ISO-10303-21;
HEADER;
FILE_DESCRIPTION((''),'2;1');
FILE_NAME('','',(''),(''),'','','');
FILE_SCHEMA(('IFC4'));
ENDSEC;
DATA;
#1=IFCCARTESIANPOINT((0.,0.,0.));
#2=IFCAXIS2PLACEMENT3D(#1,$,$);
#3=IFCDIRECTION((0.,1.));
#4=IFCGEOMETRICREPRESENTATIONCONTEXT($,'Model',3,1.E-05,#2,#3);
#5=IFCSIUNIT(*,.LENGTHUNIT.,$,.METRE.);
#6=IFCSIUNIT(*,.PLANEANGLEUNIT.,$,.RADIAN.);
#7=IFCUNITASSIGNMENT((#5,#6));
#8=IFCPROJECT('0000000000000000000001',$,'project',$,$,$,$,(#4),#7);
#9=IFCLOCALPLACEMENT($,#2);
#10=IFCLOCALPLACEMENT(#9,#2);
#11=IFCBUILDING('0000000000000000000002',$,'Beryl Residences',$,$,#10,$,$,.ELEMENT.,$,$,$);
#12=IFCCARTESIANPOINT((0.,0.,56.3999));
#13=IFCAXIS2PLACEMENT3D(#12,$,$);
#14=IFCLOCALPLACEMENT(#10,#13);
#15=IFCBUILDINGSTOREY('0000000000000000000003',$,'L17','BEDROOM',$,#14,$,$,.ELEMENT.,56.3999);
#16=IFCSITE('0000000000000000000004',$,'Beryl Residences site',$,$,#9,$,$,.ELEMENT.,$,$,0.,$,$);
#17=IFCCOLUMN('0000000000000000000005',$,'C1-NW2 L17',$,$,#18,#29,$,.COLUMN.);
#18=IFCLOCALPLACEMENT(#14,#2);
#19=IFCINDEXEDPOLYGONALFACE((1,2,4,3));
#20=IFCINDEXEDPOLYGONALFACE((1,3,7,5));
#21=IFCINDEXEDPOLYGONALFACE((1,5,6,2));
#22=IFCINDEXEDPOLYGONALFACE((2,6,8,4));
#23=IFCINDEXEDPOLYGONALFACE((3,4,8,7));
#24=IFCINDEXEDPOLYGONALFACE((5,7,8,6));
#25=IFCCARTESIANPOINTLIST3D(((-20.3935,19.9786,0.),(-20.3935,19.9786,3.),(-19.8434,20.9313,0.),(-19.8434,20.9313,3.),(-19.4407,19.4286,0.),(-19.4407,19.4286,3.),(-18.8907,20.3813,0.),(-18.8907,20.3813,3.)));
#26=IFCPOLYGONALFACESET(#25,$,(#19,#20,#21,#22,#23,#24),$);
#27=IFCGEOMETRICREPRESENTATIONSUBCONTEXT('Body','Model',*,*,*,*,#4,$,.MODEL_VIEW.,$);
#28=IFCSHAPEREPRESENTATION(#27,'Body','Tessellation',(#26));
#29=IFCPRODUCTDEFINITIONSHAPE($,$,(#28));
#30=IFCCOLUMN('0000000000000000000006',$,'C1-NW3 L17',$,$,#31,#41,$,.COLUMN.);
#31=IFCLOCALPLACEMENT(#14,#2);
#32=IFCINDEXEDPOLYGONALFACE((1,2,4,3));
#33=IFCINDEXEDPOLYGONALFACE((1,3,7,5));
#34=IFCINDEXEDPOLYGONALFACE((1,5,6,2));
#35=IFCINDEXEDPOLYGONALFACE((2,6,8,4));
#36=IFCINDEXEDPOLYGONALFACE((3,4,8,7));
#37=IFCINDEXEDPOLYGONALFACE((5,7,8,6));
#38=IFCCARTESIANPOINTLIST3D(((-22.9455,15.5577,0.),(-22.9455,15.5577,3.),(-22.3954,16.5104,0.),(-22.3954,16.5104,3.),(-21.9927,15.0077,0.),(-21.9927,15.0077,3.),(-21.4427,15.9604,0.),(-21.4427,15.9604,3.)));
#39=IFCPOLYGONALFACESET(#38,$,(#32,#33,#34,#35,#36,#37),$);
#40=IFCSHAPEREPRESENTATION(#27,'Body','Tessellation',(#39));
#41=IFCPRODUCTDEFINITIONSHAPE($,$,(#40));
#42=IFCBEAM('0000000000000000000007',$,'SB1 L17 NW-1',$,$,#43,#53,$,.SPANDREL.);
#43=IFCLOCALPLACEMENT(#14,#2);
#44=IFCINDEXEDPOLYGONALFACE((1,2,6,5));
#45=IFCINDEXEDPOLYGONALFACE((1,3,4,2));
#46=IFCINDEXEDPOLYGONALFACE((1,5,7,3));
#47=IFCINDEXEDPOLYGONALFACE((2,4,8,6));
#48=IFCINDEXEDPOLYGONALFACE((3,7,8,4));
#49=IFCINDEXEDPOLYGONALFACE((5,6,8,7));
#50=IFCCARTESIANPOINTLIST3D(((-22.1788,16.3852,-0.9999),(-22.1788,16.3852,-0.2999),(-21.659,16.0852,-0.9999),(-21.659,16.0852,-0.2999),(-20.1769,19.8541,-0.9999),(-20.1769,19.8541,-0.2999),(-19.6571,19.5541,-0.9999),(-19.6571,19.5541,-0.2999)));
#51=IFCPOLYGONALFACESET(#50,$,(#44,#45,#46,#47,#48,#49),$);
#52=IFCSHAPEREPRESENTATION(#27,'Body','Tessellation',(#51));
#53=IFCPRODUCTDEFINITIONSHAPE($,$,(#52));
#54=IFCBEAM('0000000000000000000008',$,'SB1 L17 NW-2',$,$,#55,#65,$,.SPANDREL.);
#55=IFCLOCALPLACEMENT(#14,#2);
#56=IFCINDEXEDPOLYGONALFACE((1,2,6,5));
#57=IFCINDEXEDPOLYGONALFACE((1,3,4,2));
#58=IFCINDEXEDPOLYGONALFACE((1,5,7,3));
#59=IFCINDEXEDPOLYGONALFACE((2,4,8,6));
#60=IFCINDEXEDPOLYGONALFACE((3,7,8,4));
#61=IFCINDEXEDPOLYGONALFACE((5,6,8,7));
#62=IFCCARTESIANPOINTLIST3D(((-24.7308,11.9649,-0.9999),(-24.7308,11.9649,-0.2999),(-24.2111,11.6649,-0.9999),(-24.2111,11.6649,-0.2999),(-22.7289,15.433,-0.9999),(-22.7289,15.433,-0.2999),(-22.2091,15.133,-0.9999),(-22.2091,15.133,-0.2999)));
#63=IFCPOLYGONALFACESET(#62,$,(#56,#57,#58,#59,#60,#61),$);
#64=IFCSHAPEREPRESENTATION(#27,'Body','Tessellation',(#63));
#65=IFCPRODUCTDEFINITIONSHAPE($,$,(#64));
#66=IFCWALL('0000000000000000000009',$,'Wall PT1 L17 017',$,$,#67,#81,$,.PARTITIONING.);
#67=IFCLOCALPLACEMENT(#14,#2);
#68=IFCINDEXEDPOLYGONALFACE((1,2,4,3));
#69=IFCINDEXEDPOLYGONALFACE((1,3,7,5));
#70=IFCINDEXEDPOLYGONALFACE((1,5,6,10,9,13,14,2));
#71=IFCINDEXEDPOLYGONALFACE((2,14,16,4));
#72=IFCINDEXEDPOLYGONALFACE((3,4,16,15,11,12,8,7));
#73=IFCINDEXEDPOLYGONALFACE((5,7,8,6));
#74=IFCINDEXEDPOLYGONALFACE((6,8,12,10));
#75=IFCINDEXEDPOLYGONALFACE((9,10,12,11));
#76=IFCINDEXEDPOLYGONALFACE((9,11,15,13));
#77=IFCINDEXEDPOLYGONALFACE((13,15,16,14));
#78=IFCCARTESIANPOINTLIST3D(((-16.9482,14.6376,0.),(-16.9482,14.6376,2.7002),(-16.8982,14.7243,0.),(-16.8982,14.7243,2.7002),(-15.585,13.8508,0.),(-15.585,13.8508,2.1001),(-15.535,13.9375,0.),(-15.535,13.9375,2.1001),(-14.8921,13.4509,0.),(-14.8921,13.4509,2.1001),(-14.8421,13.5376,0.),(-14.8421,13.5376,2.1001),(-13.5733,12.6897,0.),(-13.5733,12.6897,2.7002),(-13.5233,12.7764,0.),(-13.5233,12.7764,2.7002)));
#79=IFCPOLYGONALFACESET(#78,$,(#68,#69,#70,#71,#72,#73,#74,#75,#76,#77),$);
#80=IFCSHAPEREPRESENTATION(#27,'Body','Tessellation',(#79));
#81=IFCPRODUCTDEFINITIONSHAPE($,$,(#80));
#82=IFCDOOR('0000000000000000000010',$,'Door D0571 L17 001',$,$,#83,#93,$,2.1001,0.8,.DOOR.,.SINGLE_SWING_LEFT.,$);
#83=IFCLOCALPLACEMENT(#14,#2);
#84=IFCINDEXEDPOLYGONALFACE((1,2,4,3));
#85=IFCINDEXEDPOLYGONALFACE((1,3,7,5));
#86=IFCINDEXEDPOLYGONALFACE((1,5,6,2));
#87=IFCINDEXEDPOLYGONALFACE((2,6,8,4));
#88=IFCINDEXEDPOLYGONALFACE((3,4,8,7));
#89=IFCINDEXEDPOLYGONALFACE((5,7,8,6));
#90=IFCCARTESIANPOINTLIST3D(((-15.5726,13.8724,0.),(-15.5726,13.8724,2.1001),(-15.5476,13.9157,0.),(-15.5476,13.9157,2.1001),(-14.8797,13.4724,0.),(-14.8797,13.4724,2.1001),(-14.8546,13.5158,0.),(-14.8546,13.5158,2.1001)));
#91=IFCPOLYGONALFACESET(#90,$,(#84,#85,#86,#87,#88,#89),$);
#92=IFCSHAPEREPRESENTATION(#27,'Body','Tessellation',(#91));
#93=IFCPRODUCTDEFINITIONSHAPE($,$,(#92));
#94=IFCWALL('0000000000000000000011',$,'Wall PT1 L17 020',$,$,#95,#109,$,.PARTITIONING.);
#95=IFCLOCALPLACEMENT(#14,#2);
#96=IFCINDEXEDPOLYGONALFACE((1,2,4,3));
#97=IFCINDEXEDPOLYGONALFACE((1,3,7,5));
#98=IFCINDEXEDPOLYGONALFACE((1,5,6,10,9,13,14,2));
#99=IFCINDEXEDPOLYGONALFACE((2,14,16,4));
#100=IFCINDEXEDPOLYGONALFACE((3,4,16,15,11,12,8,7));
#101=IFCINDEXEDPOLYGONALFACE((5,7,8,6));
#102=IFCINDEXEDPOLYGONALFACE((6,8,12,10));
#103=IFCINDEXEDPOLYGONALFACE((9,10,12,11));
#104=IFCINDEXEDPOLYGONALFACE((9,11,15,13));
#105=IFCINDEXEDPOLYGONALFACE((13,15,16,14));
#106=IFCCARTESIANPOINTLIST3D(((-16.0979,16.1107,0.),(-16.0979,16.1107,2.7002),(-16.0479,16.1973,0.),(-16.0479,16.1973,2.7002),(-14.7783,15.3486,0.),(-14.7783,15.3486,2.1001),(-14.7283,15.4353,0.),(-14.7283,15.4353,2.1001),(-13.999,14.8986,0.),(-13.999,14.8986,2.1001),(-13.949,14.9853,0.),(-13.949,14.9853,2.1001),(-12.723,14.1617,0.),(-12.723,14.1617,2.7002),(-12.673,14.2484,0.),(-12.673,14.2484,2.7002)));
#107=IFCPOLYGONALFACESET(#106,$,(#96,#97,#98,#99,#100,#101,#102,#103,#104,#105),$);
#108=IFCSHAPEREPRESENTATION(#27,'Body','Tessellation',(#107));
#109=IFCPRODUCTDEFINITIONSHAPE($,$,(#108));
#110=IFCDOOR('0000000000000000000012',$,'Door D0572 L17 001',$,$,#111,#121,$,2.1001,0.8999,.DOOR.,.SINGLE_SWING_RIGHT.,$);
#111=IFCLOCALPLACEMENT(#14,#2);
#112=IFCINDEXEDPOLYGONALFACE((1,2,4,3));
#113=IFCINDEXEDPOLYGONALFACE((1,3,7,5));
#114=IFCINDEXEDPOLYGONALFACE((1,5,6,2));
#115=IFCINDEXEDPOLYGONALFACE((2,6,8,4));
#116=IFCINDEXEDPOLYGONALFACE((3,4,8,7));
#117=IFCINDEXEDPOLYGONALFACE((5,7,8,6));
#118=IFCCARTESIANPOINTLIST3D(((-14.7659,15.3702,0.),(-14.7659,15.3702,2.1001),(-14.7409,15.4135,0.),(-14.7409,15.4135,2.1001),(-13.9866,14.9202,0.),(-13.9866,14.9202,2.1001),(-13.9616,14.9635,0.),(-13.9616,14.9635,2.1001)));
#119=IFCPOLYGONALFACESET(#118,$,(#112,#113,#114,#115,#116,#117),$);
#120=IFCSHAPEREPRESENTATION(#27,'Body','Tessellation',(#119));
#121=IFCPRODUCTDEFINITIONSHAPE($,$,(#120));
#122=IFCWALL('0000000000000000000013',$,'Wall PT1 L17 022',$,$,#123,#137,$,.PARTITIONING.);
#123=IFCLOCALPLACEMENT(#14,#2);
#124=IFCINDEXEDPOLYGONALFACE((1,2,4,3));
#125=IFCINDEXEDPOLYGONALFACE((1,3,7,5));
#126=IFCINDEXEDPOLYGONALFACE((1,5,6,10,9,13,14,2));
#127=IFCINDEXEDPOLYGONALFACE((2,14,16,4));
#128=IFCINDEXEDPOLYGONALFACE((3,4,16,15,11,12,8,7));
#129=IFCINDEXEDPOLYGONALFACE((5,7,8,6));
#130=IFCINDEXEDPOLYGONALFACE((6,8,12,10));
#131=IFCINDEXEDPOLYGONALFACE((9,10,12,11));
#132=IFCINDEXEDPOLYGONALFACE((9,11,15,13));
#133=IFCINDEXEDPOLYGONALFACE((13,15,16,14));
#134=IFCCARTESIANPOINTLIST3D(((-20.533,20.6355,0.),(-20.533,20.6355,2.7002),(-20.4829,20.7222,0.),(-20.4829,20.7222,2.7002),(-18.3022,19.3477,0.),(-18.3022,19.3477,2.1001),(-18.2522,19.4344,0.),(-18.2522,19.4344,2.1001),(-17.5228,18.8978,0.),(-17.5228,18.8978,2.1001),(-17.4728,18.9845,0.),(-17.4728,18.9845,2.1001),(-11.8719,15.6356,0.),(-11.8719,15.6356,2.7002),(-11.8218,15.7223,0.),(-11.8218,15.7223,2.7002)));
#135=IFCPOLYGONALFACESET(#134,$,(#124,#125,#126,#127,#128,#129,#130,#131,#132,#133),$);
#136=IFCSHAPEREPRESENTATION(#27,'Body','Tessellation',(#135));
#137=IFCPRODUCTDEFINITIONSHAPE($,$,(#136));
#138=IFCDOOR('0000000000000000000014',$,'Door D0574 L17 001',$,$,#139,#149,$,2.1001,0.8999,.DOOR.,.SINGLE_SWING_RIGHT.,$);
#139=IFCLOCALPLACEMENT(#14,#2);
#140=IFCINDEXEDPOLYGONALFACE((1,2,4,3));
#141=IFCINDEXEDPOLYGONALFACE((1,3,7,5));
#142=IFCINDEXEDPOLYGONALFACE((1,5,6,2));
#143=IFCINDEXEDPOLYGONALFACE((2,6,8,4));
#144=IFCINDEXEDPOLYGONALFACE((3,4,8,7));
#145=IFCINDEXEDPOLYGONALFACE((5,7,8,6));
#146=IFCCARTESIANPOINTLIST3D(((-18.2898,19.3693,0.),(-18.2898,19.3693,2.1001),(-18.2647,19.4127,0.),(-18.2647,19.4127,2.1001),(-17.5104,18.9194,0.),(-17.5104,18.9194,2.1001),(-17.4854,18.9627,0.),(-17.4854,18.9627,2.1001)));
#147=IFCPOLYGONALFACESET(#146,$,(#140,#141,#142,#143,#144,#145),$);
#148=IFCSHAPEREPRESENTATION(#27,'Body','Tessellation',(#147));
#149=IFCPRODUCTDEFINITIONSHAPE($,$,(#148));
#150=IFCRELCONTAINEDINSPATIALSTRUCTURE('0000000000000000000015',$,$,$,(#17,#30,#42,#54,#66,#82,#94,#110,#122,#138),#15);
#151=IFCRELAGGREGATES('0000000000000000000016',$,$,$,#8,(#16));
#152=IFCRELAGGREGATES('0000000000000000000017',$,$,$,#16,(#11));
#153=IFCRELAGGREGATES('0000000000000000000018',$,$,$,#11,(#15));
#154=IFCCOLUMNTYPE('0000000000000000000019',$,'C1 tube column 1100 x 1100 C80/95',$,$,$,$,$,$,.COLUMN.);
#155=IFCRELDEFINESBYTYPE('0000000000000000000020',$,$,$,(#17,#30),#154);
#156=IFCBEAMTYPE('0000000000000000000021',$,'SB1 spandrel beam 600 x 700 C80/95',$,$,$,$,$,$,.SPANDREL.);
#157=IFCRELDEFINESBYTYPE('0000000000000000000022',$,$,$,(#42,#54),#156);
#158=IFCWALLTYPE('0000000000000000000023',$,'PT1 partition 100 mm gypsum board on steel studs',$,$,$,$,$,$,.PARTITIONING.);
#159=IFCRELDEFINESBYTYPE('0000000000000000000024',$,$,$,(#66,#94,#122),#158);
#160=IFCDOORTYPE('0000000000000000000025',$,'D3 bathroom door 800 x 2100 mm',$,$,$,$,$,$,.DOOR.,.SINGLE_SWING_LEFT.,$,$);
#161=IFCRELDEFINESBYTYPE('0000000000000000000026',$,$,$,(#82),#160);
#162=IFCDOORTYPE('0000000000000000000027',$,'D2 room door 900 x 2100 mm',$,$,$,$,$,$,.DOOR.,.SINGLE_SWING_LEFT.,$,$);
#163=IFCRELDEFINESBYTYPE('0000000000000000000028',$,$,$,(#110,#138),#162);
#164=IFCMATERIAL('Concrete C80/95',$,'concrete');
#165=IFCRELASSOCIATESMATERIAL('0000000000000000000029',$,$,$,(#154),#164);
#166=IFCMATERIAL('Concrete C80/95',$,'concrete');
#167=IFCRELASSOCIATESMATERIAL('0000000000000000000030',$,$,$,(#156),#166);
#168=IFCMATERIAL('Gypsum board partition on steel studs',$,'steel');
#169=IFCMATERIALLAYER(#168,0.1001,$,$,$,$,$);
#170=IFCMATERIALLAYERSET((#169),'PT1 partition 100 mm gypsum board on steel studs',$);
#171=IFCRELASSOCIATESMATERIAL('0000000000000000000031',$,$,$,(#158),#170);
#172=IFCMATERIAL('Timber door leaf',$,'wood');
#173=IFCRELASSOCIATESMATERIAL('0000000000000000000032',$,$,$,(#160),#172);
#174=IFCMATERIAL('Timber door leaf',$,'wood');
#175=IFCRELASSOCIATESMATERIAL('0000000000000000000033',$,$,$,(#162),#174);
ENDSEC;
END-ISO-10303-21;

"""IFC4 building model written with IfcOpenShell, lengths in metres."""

from ifc_helpers import new_model, si_unit, direction, frame, frame_2d, origin, origin_2d, place, context, subcontext, project, spatial, rectangle, extrude, material, layer, layer_set, material_profile, profile_set, type_object, element, fill, save


model = new_model("IFC4")

# Units and contexts
model_context = context("Model", 3, precision=1e-05, world=origin(), true_north=direction((0.0, 1.0)))
body_context = subcontext(model_context, "Body", "Model", "MODEL_VIEW")
ifc_project = project(units=[si_unit("LENGTHUNIT", "METRE"), si_unit("PLANEANGLEUNIT", "RADIAN")], contexts=[model_context])

# Site, building, storey
site_placement = place(None, origin())
site = spatial("IfcSite", under=ifc_project, at=site_placement, Name="Beryl Residences site", CompositionType="ELEMENT", RefElevation=0.0)
building_placement = place(site_placement, origin())
building = spatial("IfcBuilding", under=site, at=building_placement, Name="Beryl Residences", CompositionType="ELEMENT")
storey_placement = place(building_placement, frame((0.0, 0.0, 56.3999)))
storey = spatial("IfcBuildingStorey", under=building, at=storey_placement, Name="L17", Description="BEDROOM", CompositionType="ELEMENT", Elevation=56.3999)

# Columns
ifc_material_1 = material(Name="Concrete C80/95", Category="concrete")
ifc_material_profile_1 = material_profile(ifc_material_1, rectangle(XDim=1.1001, YDim=1.1001, at=origin_2d()))
ifc_profile_set_1 = profile_set([ifc_material_profile_1], Name="Concrete C80/95")
column_type = type_object("IfcColumnType", Name="C1 tube column 1100 x 1100 C80/95", PredefinedType="COLUMN", material=ifc_profile_set_1)
for number, where, z_axis, x_axis, name in (
    (1, (-19.6421, 20.1799, 0.0), (0.0, 0.0, 1.0), (-0.499985, -0.866034, 0.0), "C1-NW2 L17"),
    (2, (-22.1941, 15.759, 0.0), (0.0, 0.0, 1.0), (-0.499985, -0.866034, 0.0), "C1-NW3 L17"),
):
    element("IfcColumn", number, at=place(storey_placement, frame(where, z_axis=z_axis, x_axis=x_axis)), inside=storey, type_object=column_type, Name=name, PredefinedType="COLUMN", context=body_context, shape_type="SweptSolid", body=[
        extrude(rectangle(XDim=1.1001, YDim=1.1001, at=origin_2d()), origin(), (0.0, 0.0, 1.0), 3.0),
    ])

# Beams
ifc_material_2 = material(Name="Concrete C80/95", Category="concrete")
ifc_material_profile_2 = material_profile(ifc_material_2, rectangle(XDim=0.6001, YDim=0.7, at=origin_2d()))
ifc_profile_set_2 = profile_set([ifc_material_profile_2], Name="Concrete C80/95")
beam_type = type_object("IfcBeamType", Name="SB1 spandrel beam 600 x 700 C80/95", PredefinedType="SPANDREL", material=ifc_profile_set_2)
beam_1_placement = place(storey_placement, frame((-19.917, 19.7041, -0.6499), z_axis=(-0.499837, -0.86612, 0.0), x_axis=(0.86612, -0.499837, 0.0)))
element("IfcBeam", 3, at=beam_1_placement, inside=storey, type_object=beam_type, Name="SB1 L17 NW-1", PredefinedType="SPANDREL", context=body_context, shape_type="SweptSolid", body=[
    extrude(rectangle(XDim=0.6001, YDim=0.7, at=origin_2d()), origin(), (0.0, 0.0, 1.0), 4.0051),
])
beam_2_placement = place(storey_placement, frame((-22.469, 15.283, -0.6499), z_axis=(-0.499942, -0.866059, 0.0), x_axis=(0.866059, -0.499942, 0.0)))
element("IfcBeam", 4, at=beam_2_placement, inside=storey, type_object=beam_type, Name="SB1 L17 NW-2", PredefinedType="SPANDREL", context=body_context, shape_type="SweptSolid", body=[
    extrude(rectangle(XDim=0.6001, YDim=0.7, at=origin_2d()), origin(), (0.0, 0.0, 1.0), 4.0044),
])

# Walls, openings, doors
ifc_material_3 = material(Name="Gypsum board partition on steel studs", Category="steel")
ifc_layer_1 = layer(ifc_material_3, 0.1001)
ifc_layer_set_1 = layer_set([ifc_layer_1], Name="PT1 partition 100 mm gypsum board on steel studs")
wall_type_1 = type_object("IfcWallType", Name="PT1 partition 100 mm gypsum board on steel studs", PredefinedType="PARTITIONING", material=ifc_layer_set_1)
wall_1_placement = place(storey_placement, frame((-16.9231, 14.6809, 0.0), z_axis=(0.0, 0.0, 1.0), x_axis=(0.866088, -0.499892, 0.0)))
wall_1 = element("IfcWall", 5, at=wall_1_placement, inside=storey, type_object=wall_type_1, Name="Wall PT1 L17 017", PredefinedType="PARTITIONING", context=body_context, shape_type="SweptSolid", body=[
    extrude(rectangle(XDim=3.8967, YDim=0.1001, at=frame_2d((1.9482, 0.0))), origin(), (0.0, 0.0, 1.0), 2.7002),
])
opening_1_placement = place(wall_1_placement, frame((1.574, 0.0, 0.0)))
opening_1 = element("IfcOpeningElement", 6, at=opening_1_placement, cuts=wall_1, PredefinedType="OPENING", context=body_context, shape_type="SweptSolid", body=[
    extrude(rectangle(XDim=0.8, YDim=2.1001, at=frame_2d((0.3999, 1.05))), frame((0.0, 0.0601, 0.0), z_axis=(0.0, -1.0, 0.0), x_axis=(1.0, 0.0, 0.0)), (0.0, 0.0, 1.0), 0.1201),
])
ifc_material_4 = material(Name="Timber door leaf", Category="wood")
door_type_1 = type_object("IfcDoorType", Name="D3 bathroom door 800 x 2100 mm", OperationType="SINGLE_SWING_LEFT", PredefinedType="DOOR", material=ifc_material_4)
door_1_placement = place(opening_1_placement, origin())
door_1 = element("IfcDoor", 7, at=door_1_placement, inside=storey, type_object=door_type_1, Name="Door D0571 L17 001", OperationType="SINGLE_SWING_LEFT", OverallHeight=2.1001, OverallWidth=0.8, PredefinedType="DOOR", context=body_context, shape_type="SweptSolid", body=[
    extrude(rectangle(XDim=0.8, YDim=2.1001, at=frame_2d((0.3999, 1.05))), frame((0.0, 0.0249, 0.0), z_axis=(0.0, -1.0, 0.0), x_axis=(1.0, 0.0, 0.0)), (0.0, 0.0, 1.0), 0.05),
])
fill(opening_1, door_1)
wall_2_placement = place(storey_placement, frame((-16.073, 16.1541, 0.0), z_axis=(0.0, 0.0, 1.0), x_axis=(0.865979, -0.50008, 0.0)))
wall_2 = element("IfcWall", 8, at=wall_2_placement, inside=storey, type_object=wall_type_1, Name="Wall PT1 L17 020", PredefinedType="PARTITIONING", context=body_context, shape_type="SweptSolid", body=[
    extrude(rectangle(XDim=3.8972, YDim=0.1001, at=frame_2d((1.9487, 0.0))), origin(), (0.0, 0.0, 1.0), 2.7002),
])
opening_2_placement = place(wall_2_placement, frame((1.5239, 0.0, 0.0)))
opening_2 = element("IfcOpeningElement", 9, at=opening_2_placement, cuts=wall_2, PredefinedType="OPENING", context=body_context, shape_type="SweptSolid", body=[
    extrude(rectangle(XDim=0.8999, YDim=2.1001, at=frame_2d((0.45, 1.05))), frame((0.0, 0.0601, 0.0), z_axis=(0.0, -1.0, 0.0), x_axis=(1.0, 0.0, 0.0)), (0.0, 0.0, 1.0), 0.1201),
])
ifc_material_5 = material(Name="Timber door leaf", Category="wood")
door_type_2 = type_object("IfcDoorType", Name="D2 room door 900 x 2100 mm", OperationType="SINGLE_SWING_LEFT", PredefinedType="DOOR", material=ifc_material_5)
door_2_placement = place(opening_2_placement, origin())
door_2 = element("IfcDoor", 10, at=door_2_placement, inside=storey, type_object=door_type_2, Name="Door D0572 L17 001", OperationType="SINGLE_SWING_RIGHT", OverallHeight=2.1001, OverallWidth=0.8999, PredefinedType="DOOR", context=body_context, shape_type="SweptSolid", body=[
    extrude(rectangle(XDim=0.8999, YDim=2.1001, at=frame_2d((0.45, 1.05))), frame((0.0, 0.0249, 0.0), z_axis=(0.0, -1.0, 0.0), x_axis=(1.0, 0.0, 0.0)), (0.0, 0.0, 1.0), 0.05),
])
fill(opening_2, door_2)
wall_3_placement = place(storey_placement, frame((-20.5081, 20.679, 0.0), z_axis=(0.0, 0.0, 1.0), x_axis=(0.866047, -0.499962, 0.0)))
wall_3 = element("IfcWall", 11, at=wall_3_placement, inside=storey, type_object=wall_type_1, Name="Wall PT1 L17 022", PredefinedType="PARTITIONING", context=body_context, shape_type="SweptSolid", body=[
    extrude(rectangle(XDim=10.0007, YDim=0.1001, at=frame_2d((5.0005, 0.0))), origin(), (0.0, 0.0, 1.0), 2.7002),
])
opening_3_placement = place(wall_3_placement, frame((2.5759, 0.0, 0.0)))
opening_3 = element("IfcOpeningElement", 12, at=opening_3_placement, cuts=wall_3, PredefinedType="OPENING", context=body_context, shape_type="SweptSolid", body=[
    extrude(rectangle(XDim=0.8999, YDim=2.1001, at=frame_2d((0.45, 1.05))), frame((0.0, 0.0601, 0.0), z_axis=(0.0, -1.0, 0.0), x_axis=(1.0, 0.0, 0.0)), (0.0, 0.0, 1.0), 0.1201),
])
door_3_placement = place(opening_3_placement, origin())
door_3 = element("IfcDoor", 13, at=door_3_placement, inside=storey, type_object=door_type_2, Name="Door D0574 L17 001", OperationType="SINGLE_SWING_RIGHT", OverallHeight=2.1001, OverallWidth=0.8999, PredefinedType="DOOR", context=body_context, shape_type="SweptSolid", body=[
    extrude(rectangle(XDim=0.8999, YDim=2.1001, at=frame_2d((0.45, 1.05))), frame((0.0, 0.0249, 0.0), z_axis=(0.0, -1.0, 0.0), x_axis=(1.0, 0.0, 0.0)), (0.0, 0.0, 1.0), 0.05),
])
fill(opening_3, door_3)

save(model, "model.ifc")
